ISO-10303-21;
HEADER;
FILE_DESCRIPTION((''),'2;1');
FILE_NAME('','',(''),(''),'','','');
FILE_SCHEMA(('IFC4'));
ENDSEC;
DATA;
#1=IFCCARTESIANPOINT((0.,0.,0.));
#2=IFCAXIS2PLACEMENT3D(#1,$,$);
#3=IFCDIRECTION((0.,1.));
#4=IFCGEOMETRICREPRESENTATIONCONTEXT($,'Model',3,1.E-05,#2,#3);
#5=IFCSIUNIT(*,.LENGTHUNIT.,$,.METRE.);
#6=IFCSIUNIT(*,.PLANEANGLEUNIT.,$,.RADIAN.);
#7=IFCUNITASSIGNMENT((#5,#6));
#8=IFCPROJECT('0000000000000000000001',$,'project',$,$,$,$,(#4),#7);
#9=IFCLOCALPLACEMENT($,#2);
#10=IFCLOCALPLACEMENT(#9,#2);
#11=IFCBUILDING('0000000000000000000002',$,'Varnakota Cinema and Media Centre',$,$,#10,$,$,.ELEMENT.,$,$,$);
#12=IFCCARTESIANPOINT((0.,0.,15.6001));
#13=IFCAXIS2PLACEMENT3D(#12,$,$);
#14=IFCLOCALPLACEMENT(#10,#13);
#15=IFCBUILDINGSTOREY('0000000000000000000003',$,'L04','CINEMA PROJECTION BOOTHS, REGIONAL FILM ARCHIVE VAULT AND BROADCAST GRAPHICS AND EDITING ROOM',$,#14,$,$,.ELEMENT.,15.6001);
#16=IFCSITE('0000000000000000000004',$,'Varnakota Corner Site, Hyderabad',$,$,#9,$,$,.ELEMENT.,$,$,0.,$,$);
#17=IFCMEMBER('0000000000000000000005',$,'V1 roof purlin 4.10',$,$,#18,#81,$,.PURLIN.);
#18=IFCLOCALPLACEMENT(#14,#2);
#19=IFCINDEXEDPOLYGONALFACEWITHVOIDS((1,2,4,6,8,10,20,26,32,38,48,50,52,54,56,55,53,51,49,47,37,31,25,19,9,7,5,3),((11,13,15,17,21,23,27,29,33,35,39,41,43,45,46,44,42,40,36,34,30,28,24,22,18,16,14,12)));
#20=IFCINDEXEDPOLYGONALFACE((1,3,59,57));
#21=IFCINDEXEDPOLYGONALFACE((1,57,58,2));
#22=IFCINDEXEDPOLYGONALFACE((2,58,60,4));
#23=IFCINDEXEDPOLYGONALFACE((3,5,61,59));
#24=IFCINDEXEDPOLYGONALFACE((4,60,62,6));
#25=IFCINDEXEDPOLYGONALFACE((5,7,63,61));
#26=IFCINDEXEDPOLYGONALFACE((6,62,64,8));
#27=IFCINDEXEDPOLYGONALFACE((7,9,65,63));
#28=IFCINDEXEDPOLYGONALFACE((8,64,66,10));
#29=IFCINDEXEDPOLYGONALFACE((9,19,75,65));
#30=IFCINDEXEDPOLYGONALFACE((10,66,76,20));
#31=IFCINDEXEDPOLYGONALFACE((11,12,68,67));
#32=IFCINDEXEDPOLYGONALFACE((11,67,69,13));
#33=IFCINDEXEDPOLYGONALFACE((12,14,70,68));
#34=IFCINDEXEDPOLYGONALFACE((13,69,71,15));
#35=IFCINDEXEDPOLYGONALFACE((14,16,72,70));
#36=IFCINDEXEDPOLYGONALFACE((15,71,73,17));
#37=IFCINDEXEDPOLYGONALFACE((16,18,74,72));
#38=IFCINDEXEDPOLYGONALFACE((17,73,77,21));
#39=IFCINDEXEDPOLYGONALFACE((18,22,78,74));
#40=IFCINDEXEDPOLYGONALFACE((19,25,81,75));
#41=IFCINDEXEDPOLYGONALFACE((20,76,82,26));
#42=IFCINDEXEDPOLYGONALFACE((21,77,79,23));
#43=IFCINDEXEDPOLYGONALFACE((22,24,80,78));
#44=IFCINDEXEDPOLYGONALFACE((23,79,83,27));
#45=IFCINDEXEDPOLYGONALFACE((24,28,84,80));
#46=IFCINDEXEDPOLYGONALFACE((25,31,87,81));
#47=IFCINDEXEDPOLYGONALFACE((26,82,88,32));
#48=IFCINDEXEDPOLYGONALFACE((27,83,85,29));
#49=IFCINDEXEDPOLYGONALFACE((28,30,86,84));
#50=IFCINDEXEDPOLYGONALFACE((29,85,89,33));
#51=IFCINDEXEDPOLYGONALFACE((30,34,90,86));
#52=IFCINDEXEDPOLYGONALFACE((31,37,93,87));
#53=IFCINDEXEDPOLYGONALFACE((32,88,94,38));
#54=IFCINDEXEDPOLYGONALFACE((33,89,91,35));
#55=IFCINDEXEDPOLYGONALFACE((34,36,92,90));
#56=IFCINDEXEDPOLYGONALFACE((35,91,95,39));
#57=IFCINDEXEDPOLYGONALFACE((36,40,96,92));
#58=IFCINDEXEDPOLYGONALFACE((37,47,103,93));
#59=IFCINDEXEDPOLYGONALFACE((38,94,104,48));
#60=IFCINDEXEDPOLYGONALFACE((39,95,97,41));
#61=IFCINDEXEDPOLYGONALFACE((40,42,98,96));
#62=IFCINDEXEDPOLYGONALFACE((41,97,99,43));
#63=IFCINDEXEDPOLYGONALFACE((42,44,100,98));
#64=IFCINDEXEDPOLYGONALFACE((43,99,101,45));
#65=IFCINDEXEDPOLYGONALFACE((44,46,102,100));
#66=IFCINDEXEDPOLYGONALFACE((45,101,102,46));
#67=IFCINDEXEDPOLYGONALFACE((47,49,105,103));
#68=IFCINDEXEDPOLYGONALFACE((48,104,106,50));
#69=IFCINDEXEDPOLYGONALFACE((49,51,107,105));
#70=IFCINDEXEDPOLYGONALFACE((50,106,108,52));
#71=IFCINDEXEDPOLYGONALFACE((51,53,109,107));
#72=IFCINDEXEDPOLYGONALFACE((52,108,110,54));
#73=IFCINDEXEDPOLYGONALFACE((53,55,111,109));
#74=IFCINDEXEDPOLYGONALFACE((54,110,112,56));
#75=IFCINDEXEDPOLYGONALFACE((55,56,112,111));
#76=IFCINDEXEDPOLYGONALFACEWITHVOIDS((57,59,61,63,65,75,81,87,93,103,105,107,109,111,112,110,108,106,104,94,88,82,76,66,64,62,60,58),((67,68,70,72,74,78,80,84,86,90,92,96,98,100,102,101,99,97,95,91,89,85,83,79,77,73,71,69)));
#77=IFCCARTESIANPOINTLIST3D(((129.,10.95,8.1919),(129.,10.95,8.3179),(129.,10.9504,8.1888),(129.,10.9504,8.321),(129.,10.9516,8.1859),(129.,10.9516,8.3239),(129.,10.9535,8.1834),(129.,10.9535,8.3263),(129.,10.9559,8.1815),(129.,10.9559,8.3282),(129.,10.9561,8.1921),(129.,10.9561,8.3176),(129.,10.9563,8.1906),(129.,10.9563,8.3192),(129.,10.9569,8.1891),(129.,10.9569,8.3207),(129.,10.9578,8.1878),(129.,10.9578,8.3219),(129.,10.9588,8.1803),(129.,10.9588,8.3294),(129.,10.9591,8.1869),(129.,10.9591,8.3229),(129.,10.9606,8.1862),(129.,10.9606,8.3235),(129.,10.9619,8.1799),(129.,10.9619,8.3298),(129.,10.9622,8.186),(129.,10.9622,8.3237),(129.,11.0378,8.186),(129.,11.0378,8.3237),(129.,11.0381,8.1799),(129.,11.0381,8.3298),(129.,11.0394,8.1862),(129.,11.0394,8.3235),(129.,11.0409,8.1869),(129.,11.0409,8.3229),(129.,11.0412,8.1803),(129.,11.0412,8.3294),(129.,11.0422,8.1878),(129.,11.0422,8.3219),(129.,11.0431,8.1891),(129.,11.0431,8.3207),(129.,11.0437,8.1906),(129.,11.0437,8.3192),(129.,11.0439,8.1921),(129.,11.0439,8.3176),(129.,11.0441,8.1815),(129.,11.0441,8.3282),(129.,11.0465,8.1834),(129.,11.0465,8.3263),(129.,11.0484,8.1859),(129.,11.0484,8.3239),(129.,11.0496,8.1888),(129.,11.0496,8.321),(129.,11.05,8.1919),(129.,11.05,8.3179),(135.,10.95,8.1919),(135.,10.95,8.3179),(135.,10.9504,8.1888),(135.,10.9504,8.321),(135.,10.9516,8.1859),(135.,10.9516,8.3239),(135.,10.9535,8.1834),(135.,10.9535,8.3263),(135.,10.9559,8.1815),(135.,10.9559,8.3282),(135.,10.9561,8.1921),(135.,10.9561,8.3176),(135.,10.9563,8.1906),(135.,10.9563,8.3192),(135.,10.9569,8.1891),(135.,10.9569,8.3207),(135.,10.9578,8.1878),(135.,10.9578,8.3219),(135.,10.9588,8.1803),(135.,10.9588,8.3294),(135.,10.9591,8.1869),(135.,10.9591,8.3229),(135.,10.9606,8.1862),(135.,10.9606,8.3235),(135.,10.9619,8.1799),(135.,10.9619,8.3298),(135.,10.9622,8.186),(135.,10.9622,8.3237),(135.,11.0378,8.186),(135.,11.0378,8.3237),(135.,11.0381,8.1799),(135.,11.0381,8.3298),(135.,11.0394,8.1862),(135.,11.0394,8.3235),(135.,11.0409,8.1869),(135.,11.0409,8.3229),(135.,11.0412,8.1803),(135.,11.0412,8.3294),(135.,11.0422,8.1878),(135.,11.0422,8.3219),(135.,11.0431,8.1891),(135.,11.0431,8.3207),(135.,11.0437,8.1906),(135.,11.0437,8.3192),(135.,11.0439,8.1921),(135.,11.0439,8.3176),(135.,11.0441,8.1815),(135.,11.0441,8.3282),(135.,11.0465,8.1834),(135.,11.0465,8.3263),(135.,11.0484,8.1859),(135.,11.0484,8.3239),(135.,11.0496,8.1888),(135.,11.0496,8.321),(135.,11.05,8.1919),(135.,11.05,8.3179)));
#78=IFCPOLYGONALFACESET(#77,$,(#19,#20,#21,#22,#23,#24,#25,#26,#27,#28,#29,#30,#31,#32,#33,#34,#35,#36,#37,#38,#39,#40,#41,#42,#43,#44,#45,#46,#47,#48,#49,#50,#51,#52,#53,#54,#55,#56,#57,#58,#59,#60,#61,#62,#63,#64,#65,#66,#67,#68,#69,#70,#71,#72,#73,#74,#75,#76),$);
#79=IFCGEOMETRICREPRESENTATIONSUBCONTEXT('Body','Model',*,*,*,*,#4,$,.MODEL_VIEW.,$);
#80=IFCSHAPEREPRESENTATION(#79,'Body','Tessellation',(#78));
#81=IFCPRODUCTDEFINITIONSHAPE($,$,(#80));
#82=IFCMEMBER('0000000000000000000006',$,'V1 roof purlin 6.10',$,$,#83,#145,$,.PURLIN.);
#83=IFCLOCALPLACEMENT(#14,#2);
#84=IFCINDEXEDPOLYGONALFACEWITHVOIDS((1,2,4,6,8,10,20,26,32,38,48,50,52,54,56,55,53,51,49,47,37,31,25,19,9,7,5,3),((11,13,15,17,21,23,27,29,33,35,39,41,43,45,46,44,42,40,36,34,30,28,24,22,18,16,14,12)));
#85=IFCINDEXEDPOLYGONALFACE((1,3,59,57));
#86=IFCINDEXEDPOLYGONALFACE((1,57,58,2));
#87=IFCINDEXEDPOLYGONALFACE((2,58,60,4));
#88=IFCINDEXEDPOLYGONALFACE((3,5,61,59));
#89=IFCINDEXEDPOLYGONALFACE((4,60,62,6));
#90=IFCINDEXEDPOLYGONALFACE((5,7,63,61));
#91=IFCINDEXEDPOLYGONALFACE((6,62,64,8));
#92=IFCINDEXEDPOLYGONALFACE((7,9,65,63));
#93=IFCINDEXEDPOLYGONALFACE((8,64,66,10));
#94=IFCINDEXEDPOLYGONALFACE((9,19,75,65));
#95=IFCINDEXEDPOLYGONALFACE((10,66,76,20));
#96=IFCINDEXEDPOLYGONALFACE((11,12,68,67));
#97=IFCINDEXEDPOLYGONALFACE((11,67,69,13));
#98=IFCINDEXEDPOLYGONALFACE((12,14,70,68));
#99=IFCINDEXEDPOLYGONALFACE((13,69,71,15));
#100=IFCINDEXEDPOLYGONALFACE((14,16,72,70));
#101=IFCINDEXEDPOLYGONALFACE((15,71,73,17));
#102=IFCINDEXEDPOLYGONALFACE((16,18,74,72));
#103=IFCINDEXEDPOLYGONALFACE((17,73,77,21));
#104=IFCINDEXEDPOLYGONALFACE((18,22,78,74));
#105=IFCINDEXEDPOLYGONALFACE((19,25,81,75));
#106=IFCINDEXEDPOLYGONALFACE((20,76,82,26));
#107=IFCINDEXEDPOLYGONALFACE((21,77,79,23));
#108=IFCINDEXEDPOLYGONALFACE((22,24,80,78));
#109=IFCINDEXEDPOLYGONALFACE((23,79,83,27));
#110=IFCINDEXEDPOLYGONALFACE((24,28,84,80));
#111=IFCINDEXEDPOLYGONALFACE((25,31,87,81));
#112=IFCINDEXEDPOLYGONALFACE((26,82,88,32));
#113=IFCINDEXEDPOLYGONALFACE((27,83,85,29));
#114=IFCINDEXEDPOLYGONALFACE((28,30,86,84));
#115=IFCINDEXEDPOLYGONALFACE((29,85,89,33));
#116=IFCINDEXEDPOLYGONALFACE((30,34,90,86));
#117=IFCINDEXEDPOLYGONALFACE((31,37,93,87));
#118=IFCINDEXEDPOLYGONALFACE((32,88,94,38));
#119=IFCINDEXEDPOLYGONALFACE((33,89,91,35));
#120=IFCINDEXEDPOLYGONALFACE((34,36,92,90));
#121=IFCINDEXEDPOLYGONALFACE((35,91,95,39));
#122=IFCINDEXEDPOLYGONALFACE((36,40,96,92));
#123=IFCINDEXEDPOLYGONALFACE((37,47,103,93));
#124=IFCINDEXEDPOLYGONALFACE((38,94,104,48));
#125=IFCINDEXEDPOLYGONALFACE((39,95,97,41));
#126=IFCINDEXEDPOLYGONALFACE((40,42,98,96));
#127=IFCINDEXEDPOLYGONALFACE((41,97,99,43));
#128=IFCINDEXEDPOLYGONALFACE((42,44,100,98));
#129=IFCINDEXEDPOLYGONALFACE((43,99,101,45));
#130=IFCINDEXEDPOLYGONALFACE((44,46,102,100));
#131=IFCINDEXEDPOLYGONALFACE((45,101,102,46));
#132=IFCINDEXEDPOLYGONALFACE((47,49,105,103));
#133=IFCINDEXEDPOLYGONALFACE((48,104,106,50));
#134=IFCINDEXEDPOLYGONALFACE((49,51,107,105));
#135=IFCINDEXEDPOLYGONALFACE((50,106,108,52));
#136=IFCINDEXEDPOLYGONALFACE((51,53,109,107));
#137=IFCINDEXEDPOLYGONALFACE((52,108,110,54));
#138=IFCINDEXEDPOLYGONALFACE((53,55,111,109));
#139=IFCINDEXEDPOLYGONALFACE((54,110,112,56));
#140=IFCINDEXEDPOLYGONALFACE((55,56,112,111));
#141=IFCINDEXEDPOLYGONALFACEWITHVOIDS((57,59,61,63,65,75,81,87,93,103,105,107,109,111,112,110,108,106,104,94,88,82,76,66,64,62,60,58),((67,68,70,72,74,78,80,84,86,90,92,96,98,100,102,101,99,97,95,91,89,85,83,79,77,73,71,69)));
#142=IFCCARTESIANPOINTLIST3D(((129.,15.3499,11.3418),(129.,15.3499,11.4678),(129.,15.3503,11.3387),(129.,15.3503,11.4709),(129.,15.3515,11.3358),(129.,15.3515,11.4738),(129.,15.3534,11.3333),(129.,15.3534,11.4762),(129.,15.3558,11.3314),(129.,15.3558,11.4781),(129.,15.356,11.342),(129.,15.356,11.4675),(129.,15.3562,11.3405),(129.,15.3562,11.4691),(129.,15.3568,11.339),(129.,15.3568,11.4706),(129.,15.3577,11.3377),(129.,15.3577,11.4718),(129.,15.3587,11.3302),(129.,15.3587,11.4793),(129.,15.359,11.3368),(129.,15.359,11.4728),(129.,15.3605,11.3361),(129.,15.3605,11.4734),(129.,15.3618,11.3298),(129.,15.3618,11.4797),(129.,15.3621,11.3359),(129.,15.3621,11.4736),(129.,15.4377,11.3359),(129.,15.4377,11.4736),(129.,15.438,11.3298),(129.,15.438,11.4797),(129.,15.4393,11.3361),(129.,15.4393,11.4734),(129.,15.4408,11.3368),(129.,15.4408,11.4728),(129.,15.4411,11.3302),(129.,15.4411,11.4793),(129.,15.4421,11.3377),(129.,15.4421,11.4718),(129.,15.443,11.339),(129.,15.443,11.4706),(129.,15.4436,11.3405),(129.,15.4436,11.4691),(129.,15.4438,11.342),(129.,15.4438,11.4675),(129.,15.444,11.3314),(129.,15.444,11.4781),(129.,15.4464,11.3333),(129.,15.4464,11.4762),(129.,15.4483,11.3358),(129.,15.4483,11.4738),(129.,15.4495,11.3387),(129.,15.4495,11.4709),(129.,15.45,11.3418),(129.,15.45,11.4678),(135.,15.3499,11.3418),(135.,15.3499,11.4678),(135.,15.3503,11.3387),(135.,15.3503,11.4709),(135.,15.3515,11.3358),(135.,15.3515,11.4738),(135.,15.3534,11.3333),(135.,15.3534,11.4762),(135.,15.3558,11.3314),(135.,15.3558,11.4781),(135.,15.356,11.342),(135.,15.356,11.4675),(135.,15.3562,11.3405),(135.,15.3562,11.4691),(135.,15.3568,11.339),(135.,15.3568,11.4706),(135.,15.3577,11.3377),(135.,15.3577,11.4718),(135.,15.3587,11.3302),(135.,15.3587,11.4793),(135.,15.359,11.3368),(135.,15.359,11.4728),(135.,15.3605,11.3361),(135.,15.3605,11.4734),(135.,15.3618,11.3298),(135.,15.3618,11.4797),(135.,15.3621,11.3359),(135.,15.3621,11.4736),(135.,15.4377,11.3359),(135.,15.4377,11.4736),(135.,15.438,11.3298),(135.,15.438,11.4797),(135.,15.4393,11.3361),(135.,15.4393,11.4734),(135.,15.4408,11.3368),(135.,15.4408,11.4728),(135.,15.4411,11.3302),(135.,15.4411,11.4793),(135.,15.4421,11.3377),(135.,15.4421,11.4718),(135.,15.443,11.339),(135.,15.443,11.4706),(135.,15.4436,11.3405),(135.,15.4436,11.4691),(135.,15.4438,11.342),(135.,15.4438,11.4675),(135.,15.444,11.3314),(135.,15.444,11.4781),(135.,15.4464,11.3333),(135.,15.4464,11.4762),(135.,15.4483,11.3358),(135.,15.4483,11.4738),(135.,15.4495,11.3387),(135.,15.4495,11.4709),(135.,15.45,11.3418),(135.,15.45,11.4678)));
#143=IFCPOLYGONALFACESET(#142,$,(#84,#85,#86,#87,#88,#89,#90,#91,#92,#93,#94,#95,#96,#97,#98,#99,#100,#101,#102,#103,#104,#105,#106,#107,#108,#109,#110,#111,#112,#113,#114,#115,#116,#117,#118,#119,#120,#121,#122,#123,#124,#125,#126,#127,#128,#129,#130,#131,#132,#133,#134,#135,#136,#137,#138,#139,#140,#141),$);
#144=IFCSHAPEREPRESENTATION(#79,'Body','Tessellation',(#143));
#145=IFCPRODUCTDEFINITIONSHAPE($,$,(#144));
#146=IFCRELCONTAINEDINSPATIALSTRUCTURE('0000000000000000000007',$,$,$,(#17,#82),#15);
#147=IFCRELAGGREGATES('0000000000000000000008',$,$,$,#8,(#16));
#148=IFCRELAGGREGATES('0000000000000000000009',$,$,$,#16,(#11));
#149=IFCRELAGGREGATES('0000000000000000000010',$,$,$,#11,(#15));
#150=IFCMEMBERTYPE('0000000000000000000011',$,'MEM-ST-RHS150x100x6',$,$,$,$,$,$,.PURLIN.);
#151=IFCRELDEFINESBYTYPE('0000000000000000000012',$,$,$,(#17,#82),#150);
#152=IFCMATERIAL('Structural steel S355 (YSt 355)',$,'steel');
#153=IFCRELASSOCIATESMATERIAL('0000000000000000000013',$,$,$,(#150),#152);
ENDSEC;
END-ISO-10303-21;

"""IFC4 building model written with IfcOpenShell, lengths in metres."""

from ifc_helpers import new_model, si_unit, direction, frame, origin, origin_2d, place, context, subcontext, project, spatial, hollow_rectangle, extrude, material, material_profile, profile_set, type_object, element, save


model = new_model("IFC4")

# Units and contexts
model_context = context("Model", 3, precision=1e-05, world=origin(), true_north=direction((0.0, 1.0)))
body_context = subcontext(model_context, "Body", "Model", "MODEL_VIEW")
ifc_project = project(units=[si_unit("LENGTHUNIT", "METRE"), si_unit("PLANEANGLEUNIT", "RADIAN")], contexts=[model_context])

# Site, building, storey
site_placement = place(None, origin())
site = spatial("IfcSite", under=ifc_project, at=site_placement, Name="Varnakota Corner Site, Hyderabad", CompositionType="ELEMENT", RefElevation=0.0)
building_placement = place(site_placement, origin())
building = spatial("IfcBuilding", under=site, at=building_placement, Name="Varnakota Cinema and Media Centre", CompositionType="ELEMENT")
storey_placement = place(building_placement, frame((0.0, 0.0, 15.6001)))
storey = spatial("IfcBuildingStorey", under=building, at=storey_placement, Name="L04", Description="CINEMA PROJECTION BOOTHS, REGIONAL FILM ARCHIVE VAULT AND BROADCAST GRAPHICS AND EDITING ROOM", CompositionType="ELEMENT", Elevation=15.6001)

# Members
ifc_material_1 = material(Name="Structural steel S355 (YSt 355)", Category="steel")
ifc_material_profile_1 = material_profile(ifc_material_1, hollow_rectangle(XDim=0.1001, YDim=0.1499, WallThickness=0.0061, InnerFilletRadius=0.0061, OuterFilletRadius=0.012, at=origin_2d()), Name="RHS 150x100x6")
ifc_profile_set_1 = profile_set([ifc_material_profile_1], Name="Structural steel S355 (YSt 355)")
member_type_1 = type_object("IfcMemberType", Name="MEM-ST-RHS150x100x6", PredefinedType="PURLIN", material=ifc_profile_set_1)
for number, where, z_axis, x_axis, name in (
    (1, (129.0, 11.0, 8.2549), (1.0, 0.0, 0.0), (0.0, 1.0, 0.0), "V1 roof purlin 4.10"),
    (2, (129.0, 15.3999, 11.4048), (1.0, 0.0, 0.0), (0.0, 1.0, 0.0), "V1 roof purlin 6.10"),
):
    element("IfcMember", number, at=place(storey_placement, frame(where, z_axis=z_axis, x_axis=x_axis)), inside=storey, type_object=member_type_1, Name=name, PredefinedType="PURLIN", context=body_context, shape_type="SweptSolid", body=[
        extrude(hollow_rectangle(XDim=0.1001, YDim=0.1499, WallThickness=0.0061, InnerFilletRadius=0.0061, OuterFilletRadius=0.012, at=origin_2d()), origin(), (0.0, 0.0, 1.0), 6.0),
    ])

save(model, "model.ifc")
